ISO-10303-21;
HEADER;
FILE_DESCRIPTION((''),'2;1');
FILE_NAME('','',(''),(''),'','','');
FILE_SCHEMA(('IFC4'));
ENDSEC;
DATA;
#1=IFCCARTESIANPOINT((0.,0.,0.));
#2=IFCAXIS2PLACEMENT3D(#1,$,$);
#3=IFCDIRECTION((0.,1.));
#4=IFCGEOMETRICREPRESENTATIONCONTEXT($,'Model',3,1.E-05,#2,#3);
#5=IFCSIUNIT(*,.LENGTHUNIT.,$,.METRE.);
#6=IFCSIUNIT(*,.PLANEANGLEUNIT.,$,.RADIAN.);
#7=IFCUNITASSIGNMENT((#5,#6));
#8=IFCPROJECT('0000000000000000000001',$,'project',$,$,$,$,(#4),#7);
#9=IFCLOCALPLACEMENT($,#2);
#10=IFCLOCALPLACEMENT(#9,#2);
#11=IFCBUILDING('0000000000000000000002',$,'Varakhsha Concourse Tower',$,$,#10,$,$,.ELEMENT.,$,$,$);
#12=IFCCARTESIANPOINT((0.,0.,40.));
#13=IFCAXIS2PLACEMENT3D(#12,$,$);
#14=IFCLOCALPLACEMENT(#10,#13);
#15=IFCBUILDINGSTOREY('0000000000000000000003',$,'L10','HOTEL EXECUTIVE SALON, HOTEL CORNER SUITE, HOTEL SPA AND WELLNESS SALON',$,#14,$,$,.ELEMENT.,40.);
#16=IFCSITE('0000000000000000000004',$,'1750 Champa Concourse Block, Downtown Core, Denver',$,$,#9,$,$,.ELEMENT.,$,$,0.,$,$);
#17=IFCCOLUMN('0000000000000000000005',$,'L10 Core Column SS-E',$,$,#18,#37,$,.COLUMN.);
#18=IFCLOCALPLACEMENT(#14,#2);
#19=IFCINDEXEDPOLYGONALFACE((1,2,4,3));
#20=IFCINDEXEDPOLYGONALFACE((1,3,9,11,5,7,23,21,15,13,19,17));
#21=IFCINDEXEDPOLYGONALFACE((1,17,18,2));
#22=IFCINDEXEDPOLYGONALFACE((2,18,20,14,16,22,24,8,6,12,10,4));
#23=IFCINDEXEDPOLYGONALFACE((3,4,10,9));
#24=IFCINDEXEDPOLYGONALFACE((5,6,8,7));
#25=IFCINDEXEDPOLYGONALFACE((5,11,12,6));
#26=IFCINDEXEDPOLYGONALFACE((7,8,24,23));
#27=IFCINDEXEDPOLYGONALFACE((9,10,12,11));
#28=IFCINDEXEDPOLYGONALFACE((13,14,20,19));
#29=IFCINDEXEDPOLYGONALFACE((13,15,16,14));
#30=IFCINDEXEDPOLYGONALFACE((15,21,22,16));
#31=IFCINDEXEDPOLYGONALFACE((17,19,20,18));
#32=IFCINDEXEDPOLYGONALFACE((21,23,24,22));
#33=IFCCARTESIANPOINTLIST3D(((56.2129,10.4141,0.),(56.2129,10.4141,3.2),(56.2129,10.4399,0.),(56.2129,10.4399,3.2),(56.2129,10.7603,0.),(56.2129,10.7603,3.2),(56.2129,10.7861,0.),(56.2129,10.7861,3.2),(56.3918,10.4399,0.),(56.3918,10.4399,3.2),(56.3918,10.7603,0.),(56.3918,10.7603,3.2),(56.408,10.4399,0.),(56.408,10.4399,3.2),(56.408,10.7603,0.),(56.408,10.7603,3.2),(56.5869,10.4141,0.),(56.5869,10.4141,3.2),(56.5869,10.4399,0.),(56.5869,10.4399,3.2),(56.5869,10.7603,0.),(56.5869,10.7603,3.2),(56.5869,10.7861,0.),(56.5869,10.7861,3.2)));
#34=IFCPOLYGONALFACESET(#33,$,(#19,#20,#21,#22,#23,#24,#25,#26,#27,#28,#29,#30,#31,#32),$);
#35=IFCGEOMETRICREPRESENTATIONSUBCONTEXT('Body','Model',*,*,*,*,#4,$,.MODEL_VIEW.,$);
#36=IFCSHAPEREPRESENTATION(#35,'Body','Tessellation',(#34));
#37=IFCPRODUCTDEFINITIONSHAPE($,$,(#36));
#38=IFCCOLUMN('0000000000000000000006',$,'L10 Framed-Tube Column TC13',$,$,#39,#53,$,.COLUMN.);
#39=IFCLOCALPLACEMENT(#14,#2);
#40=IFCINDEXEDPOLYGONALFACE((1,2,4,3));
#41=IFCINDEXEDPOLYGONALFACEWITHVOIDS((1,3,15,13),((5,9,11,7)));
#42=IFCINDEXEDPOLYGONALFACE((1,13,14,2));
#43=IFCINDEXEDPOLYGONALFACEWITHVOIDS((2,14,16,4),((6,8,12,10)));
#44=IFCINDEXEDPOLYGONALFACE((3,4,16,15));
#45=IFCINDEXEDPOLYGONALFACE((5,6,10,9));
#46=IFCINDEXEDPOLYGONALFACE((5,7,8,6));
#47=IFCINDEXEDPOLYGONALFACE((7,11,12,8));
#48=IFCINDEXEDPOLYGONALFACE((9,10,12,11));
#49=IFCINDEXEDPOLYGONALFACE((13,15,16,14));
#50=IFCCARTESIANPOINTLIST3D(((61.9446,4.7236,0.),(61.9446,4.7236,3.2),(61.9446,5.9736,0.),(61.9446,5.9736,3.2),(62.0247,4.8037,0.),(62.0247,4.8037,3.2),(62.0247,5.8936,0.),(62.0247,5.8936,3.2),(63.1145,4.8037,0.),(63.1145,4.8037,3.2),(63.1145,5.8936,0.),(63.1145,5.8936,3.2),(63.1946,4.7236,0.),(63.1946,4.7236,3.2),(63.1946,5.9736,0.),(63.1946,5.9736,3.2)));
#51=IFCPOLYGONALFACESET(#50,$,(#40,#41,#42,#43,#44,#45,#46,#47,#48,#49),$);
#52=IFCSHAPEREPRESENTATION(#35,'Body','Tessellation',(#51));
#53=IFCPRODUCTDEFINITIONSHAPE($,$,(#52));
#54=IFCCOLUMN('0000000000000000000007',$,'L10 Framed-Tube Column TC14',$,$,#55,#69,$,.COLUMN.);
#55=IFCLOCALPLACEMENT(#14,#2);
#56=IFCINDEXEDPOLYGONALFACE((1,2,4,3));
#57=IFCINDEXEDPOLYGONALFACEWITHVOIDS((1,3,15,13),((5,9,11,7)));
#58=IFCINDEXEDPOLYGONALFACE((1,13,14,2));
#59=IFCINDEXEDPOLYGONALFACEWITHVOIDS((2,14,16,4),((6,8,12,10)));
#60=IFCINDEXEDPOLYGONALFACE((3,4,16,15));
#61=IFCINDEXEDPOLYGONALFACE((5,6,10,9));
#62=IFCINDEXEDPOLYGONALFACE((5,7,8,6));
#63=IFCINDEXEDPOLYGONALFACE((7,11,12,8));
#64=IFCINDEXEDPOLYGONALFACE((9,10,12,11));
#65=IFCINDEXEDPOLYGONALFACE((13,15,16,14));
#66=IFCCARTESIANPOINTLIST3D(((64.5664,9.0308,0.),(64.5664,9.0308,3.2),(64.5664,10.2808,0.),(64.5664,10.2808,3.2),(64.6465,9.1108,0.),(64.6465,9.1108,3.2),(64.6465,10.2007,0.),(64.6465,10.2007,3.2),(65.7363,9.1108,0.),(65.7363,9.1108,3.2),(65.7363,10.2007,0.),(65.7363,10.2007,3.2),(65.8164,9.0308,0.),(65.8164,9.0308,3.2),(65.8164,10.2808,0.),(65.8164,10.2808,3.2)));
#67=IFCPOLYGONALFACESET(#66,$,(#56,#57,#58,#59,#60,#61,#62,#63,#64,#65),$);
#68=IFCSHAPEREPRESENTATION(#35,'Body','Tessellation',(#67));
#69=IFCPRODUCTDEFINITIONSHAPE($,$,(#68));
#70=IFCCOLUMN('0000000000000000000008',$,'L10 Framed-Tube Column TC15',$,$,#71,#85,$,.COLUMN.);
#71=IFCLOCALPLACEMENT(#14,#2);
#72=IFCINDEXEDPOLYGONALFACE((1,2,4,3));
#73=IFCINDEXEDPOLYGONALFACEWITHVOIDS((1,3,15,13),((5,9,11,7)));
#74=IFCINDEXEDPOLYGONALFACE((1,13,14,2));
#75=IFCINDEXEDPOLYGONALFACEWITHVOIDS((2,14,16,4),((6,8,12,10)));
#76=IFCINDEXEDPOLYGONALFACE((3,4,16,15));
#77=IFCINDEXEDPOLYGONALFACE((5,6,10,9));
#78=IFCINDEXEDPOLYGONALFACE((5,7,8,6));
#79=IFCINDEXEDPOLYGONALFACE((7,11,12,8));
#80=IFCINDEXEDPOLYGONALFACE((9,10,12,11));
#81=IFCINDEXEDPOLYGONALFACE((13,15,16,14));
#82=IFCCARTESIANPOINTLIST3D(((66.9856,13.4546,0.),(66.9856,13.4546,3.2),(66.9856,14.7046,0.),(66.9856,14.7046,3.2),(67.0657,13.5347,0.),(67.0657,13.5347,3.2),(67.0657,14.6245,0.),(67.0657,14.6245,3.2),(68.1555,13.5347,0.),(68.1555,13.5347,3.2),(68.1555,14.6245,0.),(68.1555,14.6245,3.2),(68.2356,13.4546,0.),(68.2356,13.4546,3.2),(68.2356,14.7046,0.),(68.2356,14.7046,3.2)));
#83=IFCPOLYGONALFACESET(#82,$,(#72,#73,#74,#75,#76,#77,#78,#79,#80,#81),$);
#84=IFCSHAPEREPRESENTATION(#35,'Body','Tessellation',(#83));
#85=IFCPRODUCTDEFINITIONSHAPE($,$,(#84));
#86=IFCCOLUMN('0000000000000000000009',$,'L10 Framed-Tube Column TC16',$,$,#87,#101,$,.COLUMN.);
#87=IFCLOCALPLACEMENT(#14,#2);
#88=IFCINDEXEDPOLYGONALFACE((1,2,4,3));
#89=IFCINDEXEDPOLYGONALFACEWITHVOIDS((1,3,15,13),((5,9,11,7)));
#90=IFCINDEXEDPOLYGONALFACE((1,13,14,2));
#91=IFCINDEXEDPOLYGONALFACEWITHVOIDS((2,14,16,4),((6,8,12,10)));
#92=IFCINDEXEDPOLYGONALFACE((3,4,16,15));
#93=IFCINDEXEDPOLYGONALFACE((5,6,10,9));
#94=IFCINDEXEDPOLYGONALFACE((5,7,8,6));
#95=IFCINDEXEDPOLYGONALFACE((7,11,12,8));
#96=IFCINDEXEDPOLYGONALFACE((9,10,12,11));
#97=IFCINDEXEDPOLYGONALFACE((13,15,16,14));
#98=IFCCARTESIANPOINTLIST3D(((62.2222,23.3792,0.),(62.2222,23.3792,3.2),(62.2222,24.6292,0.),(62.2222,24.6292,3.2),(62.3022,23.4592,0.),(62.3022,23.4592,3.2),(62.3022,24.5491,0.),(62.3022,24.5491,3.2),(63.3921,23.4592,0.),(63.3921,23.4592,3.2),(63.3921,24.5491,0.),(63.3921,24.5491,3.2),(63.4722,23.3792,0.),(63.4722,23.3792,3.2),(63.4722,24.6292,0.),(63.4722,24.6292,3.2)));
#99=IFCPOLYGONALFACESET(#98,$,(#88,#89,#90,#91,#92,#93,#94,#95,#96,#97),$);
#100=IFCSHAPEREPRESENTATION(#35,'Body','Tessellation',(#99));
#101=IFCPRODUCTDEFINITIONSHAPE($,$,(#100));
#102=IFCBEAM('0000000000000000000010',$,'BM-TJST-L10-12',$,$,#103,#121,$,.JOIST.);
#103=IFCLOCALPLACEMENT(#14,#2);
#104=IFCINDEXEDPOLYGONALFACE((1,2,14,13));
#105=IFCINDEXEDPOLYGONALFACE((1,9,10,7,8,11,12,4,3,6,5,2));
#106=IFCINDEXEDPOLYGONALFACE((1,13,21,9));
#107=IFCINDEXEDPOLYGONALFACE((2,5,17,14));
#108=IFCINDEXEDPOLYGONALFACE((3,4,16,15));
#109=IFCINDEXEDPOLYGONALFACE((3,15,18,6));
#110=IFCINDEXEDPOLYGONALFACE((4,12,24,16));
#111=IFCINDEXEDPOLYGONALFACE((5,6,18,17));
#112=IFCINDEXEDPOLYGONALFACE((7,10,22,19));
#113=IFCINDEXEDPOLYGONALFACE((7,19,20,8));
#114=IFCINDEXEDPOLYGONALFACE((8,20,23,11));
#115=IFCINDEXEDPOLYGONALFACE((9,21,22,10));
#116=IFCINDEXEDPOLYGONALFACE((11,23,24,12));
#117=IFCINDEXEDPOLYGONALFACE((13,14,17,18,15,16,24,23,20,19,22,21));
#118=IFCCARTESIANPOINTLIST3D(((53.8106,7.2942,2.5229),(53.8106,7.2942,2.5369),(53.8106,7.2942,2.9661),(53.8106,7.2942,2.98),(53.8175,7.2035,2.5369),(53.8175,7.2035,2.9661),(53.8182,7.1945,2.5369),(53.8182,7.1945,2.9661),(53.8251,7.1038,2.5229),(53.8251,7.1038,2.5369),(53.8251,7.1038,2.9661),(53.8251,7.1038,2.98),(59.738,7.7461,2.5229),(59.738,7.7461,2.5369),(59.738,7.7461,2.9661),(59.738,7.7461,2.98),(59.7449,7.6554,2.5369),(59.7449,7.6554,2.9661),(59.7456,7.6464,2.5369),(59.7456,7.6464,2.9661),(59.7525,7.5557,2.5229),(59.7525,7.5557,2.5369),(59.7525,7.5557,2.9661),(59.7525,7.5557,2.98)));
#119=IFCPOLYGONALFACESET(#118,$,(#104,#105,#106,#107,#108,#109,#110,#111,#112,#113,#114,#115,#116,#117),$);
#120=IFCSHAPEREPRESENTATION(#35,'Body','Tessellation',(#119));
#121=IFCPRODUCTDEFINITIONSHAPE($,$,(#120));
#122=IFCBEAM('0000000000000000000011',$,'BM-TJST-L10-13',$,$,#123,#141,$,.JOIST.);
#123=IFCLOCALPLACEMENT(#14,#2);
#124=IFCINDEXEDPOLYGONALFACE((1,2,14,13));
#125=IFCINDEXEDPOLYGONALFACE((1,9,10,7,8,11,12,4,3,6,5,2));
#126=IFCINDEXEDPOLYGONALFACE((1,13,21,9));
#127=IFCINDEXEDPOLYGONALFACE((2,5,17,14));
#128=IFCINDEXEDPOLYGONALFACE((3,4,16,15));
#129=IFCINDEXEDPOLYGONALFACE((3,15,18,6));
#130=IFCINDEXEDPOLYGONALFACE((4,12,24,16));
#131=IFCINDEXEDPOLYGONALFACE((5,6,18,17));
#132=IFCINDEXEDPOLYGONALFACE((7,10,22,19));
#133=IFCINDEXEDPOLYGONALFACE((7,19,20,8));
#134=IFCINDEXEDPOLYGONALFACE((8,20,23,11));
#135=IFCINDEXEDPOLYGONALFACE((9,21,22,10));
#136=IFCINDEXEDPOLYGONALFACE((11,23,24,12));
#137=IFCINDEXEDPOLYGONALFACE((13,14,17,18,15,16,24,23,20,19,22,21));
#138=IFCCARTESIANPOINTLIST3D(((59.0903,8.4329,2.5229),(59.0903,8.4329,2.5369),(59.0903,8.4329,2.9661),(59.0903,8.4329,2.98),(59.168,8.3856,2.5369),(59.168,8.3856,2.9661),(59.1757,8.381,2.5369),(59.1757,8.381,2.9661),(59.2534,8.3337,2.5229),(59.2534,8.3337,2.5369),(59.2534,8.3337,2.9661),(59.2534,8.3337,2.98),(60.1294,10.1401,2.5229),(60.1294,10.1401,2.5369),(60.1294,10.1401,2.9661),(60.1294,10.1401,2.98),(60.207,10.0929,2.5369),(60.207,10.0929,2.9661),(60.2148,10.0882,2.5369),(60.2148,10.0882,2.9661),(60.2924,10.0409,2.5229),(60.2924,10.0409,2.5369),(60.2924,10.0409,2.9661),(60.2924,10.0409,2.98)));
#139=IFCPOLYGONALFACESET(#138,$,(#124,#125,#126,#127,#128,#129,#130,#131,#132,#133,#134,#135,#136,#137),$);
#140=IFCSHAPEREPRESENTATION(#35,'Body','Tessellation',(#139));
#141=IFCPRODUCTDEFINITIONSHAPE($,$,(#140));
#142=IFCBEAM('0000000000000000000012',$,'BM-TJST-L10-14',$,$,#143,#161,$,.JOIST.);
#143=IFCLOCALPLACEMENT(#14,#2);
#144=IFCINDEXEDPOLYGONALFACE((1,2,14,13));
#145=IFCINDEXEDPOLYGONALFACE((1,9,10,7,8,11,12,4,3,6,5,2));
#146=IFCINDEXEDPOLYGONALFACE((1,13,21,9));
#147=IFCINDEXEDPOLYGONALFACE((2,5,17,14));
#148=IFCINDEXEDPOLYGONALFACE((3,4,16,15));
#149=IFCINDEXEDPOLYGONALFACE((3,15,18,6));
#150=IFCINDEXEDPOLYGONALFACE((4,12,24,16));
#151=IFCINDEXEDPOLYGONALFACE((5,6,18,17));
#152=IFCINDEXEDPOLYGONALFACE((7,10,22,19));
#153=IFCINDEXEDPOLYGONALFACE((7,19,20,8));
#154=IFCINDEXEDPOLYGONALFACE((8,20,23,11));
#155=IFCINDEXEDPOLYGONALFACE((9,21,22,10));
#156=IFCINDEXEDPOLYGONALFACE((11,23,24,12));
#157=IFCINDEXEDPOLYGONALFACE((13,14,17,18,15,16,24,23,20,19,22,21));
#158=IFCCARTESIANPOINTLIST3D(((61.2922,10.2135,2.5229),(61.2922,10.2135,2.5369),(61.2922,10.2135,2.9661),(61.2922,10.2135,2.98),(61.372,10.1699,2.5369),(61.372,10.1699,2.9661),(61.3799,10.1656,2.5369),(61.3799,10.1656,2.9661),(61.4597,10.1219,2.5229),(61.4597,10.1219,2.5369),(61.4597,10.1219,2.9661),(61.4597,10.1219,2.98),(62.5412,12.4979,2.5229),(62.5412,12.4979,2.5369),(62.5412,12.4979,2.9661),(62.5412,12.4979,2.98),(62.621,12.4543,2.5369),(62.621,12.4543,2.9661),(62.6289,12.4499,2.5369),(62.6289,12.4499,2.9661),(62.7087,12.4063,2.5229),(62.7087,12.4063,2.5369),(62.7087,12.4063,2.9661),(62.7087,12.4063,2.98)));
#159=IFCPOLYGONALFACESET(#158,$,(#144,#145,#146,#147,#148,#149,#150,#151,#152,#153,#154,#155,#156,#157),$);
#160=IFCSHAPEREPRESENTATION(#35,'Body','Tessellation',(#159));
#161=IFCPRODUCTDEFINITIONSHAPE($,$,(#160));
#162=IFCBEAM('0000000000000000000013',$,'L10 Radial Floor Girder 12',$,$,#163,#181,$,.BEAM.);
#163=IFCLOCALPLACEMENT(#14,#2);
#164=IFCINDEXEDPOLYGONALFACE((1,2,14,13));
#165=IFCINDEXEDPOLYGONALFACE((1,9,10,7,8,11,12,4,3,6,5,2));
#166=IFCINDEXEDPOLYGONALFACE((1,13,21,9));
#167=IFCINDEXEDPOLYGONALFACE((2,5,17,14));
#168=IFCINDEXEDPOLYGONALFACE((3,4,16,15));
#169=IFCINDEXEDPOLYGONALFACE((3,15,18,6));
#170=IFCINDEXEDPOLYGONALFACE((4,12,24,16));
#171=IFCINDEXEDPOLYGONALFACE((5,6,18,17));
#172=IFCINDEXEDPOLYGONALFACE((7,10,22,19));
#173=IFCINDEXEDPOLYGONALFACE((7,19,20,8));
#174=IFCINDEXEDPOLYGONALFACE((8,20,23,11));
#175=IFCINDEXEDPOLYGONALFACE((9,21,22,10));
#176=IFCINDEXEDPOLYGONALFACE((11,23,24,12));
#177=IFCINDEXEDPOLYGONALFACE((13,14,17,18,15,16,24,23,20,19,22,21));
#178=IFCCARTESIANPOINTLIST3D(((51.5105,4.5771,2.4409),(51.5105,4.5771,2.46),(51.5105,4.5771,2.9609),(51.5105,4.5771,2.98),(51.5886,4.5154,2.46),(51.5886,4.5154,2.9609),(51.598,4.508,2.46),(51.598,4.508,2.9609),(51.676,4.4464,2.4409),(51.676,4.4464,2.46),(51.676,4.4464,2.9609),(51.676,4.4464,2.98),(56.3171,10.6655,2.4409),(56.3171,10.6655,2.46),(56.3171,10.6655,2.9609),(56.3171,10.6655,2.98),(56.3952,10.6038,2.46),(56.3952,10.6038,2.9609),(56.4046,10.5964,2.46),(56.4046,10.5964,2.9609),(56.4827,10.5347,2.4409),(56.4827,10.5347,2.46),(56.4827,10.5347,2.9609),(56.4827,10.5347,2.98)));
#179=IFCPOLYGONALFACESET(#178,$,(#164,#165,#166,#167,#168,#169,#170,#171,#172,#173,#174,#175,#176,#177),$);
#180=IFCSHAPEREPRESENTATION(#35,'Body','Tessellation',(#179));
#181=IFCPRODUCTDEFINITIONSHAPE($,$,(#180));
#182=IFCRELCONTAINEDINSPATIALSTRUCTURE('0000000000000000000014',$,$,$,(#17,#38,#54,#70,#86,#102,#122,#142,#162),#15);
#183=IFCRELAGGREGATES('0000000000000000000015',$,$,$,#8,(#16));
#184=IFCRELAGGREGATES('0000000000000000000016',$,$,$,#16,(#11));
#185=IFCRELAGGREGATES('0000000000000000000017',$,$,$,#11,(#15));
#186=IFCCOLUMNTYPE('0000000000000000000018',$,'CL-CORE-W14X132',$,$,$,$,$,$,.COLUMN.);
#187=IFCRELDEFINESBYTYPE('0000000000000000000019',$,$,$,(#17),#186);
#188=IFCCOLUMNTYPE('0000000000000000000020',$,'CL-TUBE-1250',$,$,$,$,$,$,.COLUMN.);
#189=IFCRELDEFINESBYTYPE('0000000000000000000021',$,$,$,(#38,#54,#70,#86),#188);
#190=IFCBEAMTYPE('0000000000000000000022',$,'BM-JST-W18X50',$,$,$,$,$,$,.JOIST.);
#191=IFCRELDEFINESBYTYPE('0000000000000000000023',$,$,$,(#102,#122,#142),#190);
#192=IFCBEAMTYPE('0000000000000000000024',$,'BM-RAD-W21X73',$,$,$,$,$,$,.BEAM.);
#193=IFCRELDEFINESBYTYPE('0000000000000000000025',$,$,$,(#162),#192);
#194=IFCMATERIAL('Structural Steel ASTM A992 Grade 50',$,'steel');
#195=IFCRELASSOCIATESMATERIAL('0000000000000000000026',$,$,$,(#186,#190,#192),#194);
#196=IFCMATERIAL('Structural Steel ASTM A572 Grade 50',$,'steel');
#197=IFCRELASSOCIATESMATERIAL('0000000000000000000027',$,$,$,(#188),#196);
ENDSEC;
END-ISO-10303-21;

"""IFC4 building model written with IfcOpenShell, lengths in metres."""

from ifc_helpers import new_model, si_unit, direction, frame, origin, origin_2d, place, context, subcontext, project, spatial, hollow_rectangle, i_section, extrude, material, material_profile, profile_set, type_object, element, save


model = new_model("IFC4")

# Units and contexts
model_context = context("Model", 3, precision=1e-05, world=origin(), true_north=direction((0.0, 1.0)))
body_context = subcontext(model_context, "Body", "Model", "MODEL_VIEW")
ifc_project = project(units=[si_unit("LENGTHUNIT", "METRE"), si_unit("PLANEANGLEUNIT", "RADIAN")], contexts=[model_context])

# Site, building, storey
site_placement = place(None, origin())
site = spatial("IfcSite", under=ifc_project, at=site_placement, Name="1750 Champa Concourse Block, Downtown Core, Denver", CompositionType="ELEMENT", RefElevation=0.0)
building_placement = place(site_placement, origin())
building = spatial("IfcBuilding", under=site, at=building_placement, Name="Varakhsha Concourse Tower", CompositionType="ELEMENT")
storey_placement = place(building_placement, frame((0.0, 0.0, 40.0)))
storey = spatial("IfcBuildingStorey", under=building, at=storey_placement, Name="L10", Description="HOTEL EXECUTIVE SALON, HOTEL CORNER SUITE, HOTEL SPA AND WELLNESS SALON", CompositionType="ELEMENT", Elevation=40.0)

# Columns
ifc_material_1 = material(Name="Structural Steel ASTM A992 Grade 50", Category="steel")
ifc_material_profile_1 = material_profile(ifc_material_1, i_section(OverallWidth=0.374, OverallDepth=0.3721, WebThickness=0.0161, FlangeThickness=0.0259, at=origin_2d()), Name="W14X132")
ifc_profile_set_1 = profile_set([ifc_material_profile_1], Name="Structural Steel ASTM A992 Grade 50")
column_type_1 = type_object("IfcColumnType", Name="CL-CORE-W14X132", PredefinedType="COLUMN", material=ifc_profile_set_1)
column_placement = place(storey_placement, frame((56.3999, 10.6001, 0.0), z_axis=(0.0, 0.0, 1.0), x_axis=(1.0, 0.0, 0.0)))
element("IfcColumn", 1, at=column_placement, inside=storey, type_object=column_type_1, Name="L10 Core Column SS-E", PredefinedType="COLUMN", context=body_context, shape_type="SweptSolid", body=[
    extrude(i_section(OverallWidth=0.374, OverallDepth=0.3721, WebThickness=0.0161, FlangeThickness=0.0259, at=origin_2d()), origin(), (0.0, 0.0, 1.0), 3.2),
])
ifc_material_2 = material(Name="Structural Steel ASTM A572 Grade 50", Category="steel")
ifc_material_profile_2 = material_profile(ifc_material_2, hollow_rectangle(XDim=1.25, YDim=1.25, WallThickness=0.0801, at=origin_2d()), Name="BOX 1250x1250x80")
ifc_profile_set_2 = profile_set([ifc_material_profile_2], Name="Structural Steel ASTM A572 Grade 50")
column_type_2 = type_object("IfcColumnType", Name="CL-TUBE-1250", PredefinedType="COLUMN", material=ifc_profile_set_2)
for number, where, z_axis, x_axis, name in (
    (2, (62.5696, 5.3486, 0.0), (0.0, 0.0, 1.0), (1.0, 0.0, 0.0), "L10 Framed-Tube Column TC13"),
    (3, (65.1914, 9.6558, 0.0), (0.0, 0.0, 1.0), (1.0, 0.0, 0.0), "L10 Framed-Tube Column TC14"),
    (4, (67.6106, 14.0796, 0.0), (0.0, 0.0, 1.0), (1.0, 0.0, 0.0), "L10 Framed-Tube Column TC15"),
    (5, (62.8472, 24.0042, 0.0), (0.0, 0.0, 1.0), (1.0, 0.0, 0.0), "L10 Framed-Tube Column TC16"),
):
    element("IfcColumn", number, at=place(storey_placement, frame(where, z_axis=z_axis, x_axis=x_axis)), inside=storey, type_object=column_type_2, Name=name, PredefinedType="COLUMN", context=body_context, shape_type="SweptSolid", body=[
        extrude(hollow_rectangle(XDim=1.25, YDim=1.25, WallThickness=0.0801, at=origin_2d()), origin(), (0.0, 0.0, 1.0), 3.2),
    ])

# Beams
ifc_material_profile_3 = material_profile(ifc_material_1, i_section(OverallWidth=0.1909, OverallDepth=0.457, WebThickness=0.009, FlangeThickness=0.0139, at=origin_2d()), Name="W18X50")
ifc_profile_set_3 = profile_set([ifc_material_profile_3], Name="Structural Steel ASTM A992 Grade 50")
beam_type_1 = type_object("IfcBeamType", Name="BM-JST-W18X50", PredefinedType="JOIST", material=ifc_profile_set_3)
beam_1_placement = place(storey_placement, frame((53.8179, 7.199, 2.7515), z_axis=(0.997106, 0.076018, 0.0), x_axis=(-0.076018, 0.997106, 0.0)))
element("IfcBeam", 6, at=beam_1_placement, inside=storey, type_object=beam_type_1, Name="BM-TJST-L10-12", PredefinedType="JOIST", context=body_context, shape_type="SweptSolid", body=[
    extrude(i_section(OverallWidth=0.1909, OverallDepth=0.457, WebThickness=0.009, FlangeThickness=0.0139, at=origin_2d()), origin(), (0.0, 0.0, 1.0), 5.9446),
])
beam_2_placement = place(storey_placement, frame((59.1719, 8.3833, 2.7515), z_axis=(0.519893, 0.854232, 0.0), x_axis=(-0.854232, 0.519893, 0.0)))
element("IfcBeam", 7, at=beam_2_placement, inside=storey, type_object=beam_type_1, Name="BM-TJST-L10-13", PredefinedType="JOIST", context=body_context, shape_type="SweptSolid", body=[
    extrude(i_section(OverallWidth=0.1909, OverallDepth=0.457, WebThickness=0.009, FlangeThickness=0.0139, at=origin_2d()), origin(), (0.0, 0.0, 1.0), 1.9985),
])
beam_3_placement = place(storey_placement, frame((61.376, 10.1677, 2.7515), z_axis=(0.479732, 0.877415, 0.0), x_axis=(-0.877415, 0.479732, 0.0)))
element("IfcBeam", 8, at=beam_3_placement, inside=storey, type_object=beam_type_1, Name="BM-TJST-L10-14", PredefinedType="JOIST", context=body_context, shape_type="SweptSolid", body=[
    extrude(i_section(OverallWidth=0.1909, OverallDepth=0.457, WebThickness=0.009, FlangeThickness=0.0139, at=origin_2d()), origin(), (0.0, 0.0, 1.0), 2.6035),
])
ifc_material_profile_4 = material_profile(ifc_material_1, i_section(OverallWidth=0.2109, OverallDepth=0.5391, WebThickness=0.012, FlangeThickness=0.019, at=origin_2d()), Name="W21X73")
ifc_profile_set_4 = profile_set([ifc_material_profile_4], Name="Structural Steel ASTM A992 Grade 50")
beam_type_2 = type_object("IfcBeamType", Name="BM-RAD-W21X73", PredefinedType="BEAM", material=ifc_profile_set_4)
beam_4_placement = place(storey_placement, frame((56.3999, 10.6001, 2.7104), z_axis=(-0.619646, -0.784881, 0.0), x_axis=(0.784881, -0.619646, 0.0)))
element("IfcBeam", 9, at=beam_4_placement, inside=storey, type_object=beam_type_2, Name="L10 Radial Floor Girder 12", PredefinedType="BEAM", context=body_context, shape_type="SweptSolid", body=[
    extrude(i_section(OverallWidth=0.2109, OverallDepth=0.5391, WebThickness=0.012, FlangeThickness=0.019, at=origin_2d()), origin(), (0.0, 0.0, 1.0), 7.7571),
])

save(model, "model.ifc")
